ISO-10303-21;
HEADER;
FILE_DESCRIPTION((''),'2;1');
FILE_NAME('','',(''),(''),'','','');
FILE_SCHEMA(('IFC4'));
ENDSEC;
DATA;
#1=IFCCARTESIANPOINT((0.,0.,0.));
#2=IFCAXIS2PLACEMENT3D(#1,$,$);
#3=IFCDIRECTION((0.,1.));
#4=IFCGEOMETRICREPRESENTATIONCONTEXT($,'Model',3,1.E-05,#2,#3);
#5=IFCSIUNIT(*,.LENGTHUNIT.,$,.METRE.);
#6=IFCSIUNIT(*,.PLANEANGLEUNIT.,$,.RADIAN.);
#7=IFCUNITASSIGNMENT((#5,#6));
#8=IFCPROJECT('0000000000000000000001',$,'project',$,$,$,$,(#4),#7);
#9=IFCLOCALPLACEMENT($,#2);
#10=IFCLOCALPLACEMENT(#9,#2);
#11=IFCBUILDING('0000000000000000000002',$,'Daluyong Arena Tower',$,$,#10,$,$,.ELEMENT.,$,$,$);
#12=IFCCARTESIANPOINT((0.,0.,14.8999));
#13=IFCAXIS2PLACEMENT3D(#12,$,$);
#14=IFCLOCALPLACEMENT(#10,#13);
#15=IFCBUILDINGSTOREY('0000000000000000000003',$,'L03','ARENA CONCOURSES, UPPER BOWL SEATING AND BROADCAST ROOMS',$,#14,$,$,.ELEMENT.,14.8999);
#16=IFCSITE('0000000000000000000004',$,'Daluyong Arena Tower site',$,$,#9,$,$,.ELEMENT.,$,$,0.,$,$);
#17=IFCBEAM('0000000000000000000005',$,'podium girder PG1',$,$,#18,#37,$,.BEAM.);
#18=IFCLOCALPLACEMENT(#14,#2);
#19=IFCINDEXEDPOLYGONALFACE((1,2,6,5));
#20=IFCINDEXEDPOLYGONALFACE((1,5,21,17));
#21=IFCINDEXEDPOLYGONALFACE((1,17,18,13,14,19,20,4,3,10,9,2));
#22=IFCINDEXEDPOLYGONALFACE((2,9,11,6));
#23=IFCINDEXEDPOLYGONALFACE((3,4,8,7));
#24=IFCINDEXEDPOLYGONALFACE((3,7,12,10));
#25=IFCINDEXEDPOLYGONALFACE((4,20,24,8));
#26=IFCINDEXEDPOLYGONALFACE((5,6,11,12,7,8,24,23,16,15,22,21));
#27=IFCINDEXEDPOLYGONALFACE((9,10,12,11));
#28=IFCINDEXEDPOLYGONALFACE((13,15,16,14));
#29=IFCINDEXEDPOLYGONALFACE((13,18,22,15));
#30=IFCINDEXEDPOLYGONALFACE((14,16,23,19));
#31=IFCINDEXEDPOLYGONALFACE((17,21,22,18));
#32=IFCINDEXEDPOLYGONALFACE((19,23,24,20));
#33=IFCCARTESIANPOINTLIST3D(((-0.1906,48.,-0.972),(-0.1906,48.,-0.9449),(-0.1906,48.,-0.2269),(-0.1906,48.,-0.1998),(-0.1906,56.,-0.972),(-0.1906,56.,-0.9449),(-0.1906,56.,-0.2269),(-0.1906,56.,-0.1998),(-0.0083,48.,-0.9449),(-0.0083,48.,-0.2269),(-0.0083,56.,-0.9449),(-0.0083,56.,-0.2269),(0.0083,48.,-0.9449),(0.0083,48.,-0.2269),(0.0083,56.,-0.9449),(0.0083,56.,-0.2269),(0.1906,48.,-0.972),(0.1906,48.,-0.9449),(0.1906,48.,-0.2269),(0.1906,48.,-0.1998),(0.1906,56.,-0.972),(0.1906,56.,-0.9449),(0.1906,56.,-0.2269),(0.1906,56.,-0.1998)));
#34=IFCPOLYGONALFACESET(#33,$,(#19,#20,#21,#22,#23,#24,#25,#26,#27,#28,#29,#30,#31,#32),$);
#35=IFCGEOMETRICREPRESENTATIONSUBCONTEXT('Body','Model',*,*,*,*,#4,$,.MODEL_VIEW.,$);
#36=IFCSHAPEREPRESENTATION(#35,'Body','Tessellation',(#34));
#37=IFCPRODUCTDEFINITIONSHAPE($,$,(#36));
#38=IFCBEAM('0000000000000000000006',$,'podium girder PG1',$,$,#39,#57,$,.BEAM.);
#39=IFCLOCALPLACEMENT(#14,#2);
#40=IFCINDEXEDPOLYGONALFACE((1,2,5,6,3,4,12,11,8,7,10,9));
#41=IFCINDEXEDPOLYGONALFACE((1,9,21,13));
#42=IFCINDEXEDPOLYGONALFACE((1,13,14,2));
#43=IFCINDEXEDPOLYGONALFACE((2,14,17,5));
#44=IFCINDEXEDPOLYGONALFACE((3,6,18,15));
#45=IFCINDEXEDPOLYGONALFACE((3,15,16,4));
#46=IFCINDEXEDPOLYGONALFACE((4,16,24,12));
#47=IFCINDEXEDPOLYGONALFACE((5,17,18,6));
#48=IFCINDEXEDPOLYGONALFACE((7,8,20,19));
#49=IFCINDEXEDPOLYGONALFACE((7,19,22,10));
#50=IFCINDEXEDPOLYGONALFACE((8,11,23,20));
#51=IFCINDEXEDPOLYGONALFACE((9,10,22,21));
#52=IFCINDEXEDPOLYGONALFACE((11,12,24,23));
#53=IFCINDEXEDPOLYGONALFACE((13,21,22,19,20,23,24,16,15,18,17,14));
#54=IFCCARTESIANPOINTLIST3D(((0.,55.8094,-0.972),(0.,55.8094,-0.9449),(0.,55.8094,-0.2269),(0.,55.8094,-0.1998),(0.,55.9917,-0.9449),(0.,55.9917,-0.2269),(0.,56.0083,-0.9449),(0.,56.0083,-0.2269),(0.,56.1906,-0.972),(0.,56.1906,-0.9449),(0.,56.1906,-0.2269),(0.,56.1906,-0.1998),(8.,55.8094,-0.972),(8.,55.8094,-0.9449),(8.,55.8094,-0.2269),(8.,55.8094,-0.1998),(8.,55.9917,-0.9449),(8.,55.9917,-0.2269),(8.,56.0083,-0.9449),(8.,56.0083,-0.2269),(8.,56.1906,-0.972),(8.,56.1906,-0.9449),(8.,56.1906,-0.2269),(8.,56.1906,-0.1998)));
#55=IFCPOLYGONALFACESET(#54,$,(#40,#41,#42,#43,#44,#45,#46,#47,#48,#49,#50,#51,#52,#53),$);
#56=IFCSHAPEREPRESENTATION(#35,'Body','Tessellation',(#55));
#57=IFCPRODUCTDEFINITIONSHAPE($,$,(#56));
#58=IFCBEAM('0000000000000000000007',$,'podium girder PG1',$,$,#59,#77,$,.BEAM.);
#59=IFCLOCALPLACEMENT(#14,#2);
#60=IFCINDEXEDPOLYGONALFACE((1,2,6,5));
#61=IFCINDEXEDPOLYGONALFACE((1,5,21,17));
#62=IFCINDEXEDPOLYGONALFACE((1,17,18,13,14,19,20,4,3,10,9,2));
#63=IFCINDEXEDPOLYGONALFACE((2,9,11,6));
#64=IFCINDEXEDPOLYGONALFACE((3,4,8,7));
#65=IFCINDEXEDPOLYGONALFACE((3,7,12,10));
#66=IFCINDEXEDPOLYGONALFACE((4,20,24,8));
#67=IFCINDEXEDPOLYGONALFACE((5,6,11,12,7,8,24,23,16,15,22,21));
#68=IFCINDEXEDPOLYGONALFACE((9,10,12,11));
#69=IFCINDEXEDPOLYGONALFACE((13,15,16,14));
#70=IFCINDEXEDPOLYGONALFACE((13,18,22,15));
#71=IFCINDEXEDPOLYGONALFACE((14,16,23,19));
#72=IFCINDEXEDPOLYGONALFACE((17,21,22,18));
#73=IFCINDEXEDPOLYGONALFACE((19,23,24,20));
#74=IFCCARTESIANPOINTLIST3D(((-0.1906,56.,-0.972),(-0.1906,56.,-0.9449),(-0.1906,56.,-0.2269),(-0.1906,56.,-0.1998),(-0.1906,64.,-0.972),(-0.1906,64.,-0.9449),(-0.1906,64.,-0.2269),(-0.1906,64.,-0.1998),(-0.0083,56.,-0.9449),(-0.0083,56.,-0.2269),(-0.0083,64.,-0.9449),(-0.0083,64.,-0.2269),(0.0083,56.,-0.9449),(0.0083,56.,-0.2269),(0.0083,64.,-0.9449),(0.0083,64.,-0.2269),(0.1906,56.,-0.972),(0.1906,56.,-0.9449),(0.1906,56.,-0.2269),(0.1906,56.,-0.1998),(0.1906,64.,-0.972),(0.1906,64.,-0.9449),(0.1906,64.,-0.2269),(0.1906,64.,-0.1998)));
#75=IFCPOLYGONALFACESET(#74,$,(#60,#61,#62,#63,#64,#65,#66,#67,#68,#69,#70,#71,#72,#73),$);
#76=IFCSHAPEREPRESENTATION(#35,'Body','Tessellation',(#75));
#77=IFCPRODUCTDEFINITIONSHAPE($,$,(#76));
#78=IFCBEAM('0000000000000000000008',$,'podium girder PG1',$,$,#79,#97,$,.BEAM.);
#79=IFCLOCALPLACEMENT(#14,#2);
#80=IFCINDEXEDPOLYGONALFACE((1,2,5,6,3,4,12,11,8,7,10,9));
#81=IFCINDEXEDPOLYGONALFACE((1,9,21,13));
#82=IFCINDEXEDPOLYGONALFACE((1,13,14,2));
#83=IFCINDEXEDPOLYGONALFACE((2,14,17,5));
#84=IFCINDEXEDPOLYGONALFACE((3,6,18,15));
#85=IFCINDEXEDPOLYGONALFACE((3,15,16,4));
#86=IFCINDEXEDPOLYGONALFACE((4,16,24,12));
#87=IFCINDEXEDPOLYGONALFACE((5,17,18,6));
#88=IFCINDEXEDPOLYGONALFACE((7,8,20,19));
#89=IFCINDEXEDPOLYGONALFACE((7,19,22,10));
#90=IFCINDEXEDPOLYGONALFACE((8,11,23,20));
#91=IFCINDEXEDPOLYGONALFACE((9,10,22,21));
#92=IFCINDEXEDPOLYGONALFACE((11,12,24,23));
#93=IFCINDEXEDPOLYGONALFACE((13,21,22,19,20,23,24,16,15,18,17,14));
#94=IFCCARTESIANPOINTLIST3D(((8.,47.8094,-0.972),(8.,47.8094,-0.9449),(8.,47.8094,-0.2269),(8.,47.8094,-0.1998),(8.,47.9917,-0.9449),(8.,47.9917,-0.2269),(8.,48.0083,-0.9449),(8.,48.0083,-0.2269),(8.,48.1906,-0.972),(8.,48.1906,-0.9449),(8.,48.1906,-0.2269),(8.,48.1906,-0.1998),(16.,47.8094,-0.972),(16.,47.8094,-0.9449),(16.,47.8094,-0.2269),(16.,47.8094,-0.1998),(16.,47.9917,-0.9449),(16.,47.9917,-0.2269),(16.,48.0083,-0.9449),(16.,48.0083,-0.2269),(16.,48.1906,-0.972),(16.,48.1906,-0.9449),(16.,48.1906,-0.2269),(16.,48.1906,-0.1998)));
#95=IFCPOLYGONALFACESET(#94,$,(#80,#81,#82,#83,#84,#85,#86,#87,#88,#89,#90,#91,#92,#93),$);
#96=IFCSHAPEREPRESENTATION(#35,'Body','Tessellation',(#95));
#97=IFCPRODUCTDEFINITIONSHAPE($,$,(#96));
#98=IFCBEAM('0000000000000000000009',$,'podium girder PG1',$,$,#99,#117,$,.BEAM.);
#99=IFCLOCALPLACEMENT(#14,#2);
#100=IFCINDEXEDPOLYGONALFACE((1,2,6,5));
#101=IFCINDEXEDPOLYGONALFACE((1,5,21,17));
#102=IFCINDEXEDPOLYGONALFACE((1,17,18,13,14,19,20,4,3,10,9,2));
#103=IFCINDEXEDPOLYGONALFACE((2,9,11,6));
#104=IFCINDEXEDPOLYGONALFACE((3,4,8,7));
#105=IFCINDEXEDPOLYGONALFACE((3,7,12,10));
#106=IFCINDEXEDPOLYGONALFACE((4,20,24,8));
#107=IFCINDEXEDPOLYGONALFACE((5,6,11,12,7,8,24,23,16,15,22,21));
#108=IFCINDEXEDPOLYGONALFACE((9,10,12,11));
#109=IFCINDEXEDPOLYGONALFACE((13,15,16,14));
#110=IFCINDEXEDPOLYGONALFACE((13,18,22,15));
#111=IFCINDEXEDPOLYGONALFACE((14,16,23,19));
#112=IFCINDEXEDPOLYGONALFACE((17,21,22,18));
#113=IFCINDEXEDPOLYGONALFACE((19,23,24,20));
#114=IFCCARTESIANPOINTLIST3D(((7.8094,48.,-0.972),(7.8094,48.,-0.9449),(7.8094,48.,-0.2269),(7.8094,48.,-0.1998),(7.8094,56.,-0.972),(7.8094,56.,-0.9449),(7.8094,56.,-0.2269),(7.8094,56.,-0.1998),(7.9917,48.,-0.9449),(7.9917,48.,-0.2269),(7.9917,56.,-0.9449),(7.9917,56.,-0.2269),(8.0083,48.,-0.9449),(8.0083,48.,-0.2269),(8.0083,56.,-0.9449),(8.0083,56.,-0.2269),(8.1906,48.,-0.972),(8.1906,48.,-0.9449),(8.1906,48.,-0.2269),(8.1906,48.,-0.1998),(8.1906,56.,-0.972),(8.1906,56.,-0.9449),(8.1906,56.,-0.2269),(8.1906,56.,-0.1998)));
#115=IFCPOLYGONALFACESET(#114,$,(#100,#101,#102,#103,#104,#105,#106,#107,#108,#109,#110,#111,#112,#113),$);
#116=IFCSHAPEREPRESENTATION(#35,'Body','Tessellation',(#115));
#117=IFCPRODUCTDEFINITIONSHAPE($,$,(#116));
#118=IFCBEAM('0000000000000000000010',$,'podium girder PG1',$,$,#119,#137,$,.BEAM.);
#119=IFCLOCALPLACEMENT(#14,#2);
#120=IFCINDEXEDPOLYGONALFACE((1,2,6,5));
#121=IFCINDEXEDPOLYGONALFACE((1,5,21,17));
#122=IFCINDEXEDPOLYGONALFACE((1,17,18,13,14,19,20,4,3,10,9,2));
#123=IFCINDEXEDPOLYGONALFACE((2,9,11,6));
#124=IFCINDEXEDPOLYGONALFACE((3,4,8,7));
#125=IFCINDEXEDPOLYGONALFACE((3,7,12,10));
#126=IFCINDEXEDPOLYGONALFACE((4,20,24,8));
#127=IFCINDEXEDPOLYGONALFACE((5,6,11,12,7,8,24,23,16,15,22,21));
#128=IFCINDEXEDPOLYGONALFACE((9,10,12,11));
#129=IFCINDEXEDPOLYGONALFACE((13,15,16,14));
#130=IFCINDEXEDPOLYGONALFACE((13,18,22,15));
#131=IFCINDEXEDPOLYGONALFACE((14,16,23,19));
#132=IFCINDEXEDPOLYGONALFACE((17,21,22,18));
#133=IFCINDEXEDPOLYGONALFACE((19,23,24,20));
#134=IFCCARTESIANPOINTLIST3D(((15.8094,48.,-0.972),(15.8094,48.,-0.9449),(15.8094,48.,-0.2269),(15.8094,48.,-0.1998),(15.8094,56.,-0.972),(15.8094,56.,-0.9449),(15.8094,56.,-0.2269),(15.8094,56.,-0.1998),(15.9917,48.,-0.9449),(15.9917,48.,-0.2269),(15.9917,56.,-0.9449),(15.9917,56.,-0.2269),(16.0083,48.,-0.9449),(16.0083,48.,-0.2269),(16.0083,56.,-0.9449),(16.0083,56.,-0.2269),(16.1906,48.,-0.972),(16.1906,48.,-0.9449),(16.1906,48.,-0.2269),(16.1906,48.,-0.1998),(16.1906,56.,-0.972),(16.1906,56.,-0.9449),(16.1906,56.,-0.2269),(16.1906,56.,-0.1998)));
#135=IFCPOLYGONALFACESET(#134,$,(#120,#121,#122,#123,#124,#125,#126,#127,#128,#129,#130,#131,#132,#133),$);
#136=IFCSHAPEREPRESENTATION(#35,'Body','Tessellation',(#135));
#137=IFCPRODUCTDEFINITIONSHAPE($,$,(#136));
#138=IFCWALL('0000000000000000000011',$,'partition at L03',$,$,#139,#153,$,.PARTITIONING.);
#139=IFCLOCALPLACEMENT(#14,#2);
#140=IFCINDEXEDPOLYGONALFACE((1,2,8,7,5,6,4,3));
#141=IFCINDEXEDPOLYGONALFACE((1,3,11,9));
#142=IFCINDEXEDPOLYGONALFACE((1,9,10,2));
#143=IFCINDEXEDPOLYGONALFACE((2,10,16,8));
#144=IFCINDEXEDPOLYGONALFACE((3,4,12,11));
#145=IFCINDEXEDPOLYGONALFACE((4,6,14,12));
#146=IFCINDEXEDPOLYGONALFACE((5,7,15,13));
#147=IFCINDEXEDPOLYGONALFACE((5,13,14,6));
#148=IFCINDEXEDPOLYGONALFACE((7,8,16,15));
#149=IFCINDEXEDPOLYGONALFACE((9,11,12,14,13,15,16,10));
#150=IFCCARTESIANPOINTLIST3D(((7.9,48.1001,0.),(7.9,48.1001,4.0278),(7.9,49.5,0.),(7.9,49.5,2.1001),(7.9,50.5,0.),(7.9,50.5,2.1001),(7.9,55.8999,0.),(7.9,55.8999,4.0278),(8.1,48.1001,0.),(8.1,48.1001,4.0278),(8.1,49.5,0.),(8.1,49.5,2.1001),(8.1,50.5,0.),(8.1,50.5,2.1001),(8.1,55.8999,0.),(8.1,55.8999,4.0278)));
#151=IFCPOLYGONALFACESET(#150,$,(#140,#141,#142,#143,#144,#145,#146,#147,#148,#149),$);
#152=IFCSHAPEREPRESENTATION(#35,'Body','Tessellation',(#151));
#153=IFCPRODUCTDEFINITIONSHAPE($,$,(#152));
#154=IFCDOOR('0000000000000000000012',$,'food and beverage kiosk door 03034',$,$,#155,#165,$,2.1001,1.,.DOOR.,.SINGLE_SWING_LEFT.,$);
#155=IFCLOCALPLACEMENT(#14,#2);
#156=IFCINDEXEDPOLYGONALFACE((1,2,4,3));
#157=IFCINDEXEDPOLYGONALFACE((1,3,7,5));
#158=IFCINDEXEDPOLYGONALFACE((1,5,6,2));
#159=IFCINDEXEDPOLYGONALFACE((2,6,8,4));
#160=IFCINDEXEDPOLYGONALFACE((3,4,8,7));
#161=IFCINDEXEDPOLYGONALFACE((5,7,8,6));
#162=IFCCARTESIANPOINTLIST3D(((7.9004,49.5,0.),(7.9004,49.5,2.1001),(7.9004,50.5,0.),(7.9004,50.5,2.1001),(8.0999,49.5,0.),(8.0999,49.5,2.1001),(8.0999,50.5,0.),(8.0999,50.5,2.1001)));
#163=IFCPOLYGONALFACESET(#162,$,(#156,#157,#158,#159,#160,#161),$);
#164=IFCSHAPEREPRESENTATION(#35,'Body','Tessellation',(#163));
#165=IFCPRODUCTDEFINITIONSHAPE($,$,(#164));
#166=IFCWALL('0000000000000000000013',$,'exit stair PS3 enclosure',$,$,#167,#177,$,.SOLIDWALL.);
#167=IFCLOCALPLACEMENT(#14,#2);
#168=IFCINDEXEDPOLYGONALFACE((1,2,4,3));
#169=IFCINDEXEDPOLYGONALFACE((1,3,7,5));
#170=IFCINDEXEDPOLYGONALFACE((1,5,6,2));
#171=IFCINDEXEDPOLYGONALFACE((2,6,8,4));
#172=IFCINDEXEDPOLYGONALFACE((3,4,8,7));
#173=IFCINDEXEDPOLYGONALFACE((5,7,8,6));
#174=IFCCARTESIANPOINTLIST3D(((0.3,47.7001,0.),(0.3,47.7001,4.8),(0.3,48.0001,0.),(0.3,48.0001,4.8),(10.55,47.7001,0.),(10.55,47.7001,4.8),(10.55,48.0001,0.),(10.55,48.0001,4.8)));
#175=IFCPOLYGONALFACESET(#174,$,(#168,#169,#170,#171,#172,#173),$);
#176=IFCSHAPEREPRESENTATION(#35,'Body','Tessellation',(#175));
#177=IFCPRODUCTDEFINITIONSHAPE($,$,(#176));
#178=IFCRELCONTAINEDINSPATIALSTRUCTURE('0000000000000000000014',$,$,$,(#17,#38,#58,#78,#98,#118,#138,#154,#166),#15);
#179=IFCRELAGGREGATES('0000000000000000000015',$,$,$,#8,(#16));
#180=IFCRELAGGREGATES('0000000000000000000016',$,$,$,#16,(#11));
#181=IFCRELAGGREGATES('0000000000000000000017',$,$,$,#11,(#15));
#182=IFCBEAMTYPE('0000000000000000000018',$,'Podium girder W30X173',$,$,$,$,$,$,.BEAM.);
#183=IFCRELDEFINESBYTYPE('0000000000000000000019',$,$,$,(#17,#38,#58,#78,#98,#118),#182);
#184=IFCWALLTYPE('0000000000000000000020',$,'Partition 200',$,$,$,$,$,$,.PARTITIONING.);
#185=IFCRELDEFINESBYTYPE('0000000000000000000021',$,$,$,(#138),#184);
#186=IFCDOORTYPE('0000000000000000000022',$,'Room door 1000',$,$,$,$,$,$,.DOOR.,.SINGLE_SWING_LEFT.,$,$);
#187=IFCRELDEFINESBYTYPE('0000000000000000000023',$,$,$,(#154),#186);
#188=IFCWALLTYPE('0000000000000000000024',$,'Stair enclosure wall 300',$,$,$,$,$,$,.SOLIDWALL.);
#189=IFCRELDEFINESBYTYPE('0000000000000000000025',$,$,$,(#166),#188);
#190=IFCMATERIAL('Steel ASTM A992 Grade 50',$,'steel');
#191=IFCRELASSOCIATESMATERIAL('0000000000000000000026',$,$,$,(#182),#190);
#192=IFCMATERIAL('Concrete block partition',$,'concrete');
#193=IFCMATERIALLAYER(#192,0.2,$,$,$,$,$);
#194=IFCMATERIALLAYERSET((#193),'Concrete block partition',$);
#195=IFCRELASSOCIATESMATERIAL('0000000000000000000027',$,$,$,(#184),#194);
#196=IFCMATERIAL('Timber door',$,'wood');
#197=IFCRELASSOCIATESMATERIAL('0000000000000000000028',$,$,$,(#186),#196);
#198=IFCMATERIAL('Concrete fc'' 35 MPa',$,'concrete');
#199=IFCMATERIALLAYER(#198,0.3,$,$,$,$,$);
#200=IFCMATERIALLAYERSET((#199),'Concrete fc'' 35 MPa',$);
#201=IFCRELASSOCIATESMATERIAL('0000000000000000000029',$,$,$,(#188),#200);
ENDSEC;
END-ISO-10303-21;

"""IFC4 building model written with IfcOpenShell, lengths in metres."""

from ifc_helpers import new_model, si_unit, direction, frame, frame_2d, origin, origin_2d, place, context, subcontext, project, spatial, rectangle, i_section, extrude, material, layer, layer_set, material_profile, profile_set, type_object, element, fill, save


model = new_model("IFC4")

# Units and contexts
model_context = context("Model", 3, precision=1e-05, world=origin(), true_north=direction((0.0, 1.0)))
body_context = subcontext(model_context, "Body", "Model", "MODEL_VIEW")
ifc_project = project(units=[si_unit("LENGTHUNIT", "METRE"), si_unit("PLANEANGLEUNIT", "RADIAN")], contexts=[model_context])

# Site, building, storey
site_placement = place(None, origin())
site = spatial("IfcSite", under=ifc_project, at=site_placement, Name="Daluyong Arena Tower site", CompositionType="ELEMENT", RefElevation=0.0)
building_placement = place(site_placement, origin())
building = spatial("IfcBuilding", under=site, at=building_placement, Name="Daluyong Arena Tower", CompositionType="ELEMENT")
storey_placement = place(building_placement, frame((0.0, 0.0, 14.8999)))
storey = spatial("IfcBuildingStorey", under=building, at=storey_placement, Name="L03", Description="ARENA CONCOURSES, UPPER BOWL SEATING AND BROADCAST ROOMS", CompositionType="ELEMENT", Elevation=14.8999)

# Beams
ifc_material_1 = material(Name="Steel ASTM A992 Grade 50", Category="steel")
ifc_material_profile_1 = material_profile(ifc_material_1, i_section(OverallWidth=0.3811, OverallDepth=0.7722, WebThickness=0.0166, FlangeThickness=0.0271, at=origin_2d()))
ifc_profile_set_1 = profile_set([ifc_material_profile_1], Name="Steel ASTM A992 Grade 50")
beam_type_1 = type_object("IfcBeamType", Name="Podium girder W30X173", PredefinedType="BEAM", material=ifc_profile_set_1)
for number, where, z_axis, x_axis, name in (
    (1, (0.0, 48.0, -0.5859), (0.0, 1.0, 0.0), (-1.0, 0.0, 0.0), "podium girder PG1"),
    (2, (0.0, 56.0, -0.5859), (1.0, 0.0, 0.0), (0.0, 1.0, 0.0), "podium girder PG1"),
    (3, (0.0, 56.0, -0.5859), (0.0, 1.0, 0.0), (-1.0, 0.0, 0.0), "podium girder PG1"),
    (4, (8.0, 48.0, -0.5859), (1.0, 0.0, 0.0), (0.0, 1.0, 0.0), "podium girder PG1"),
    (5, (8.0, 48.0, -0.5859), (0.0, 1.0, 0.0), (-1.0, 0.0, 0.0), "podium girder PG1"),
    (6, (16.0, 48.0, -0.5859), (0.0, 1.0, 0.0), (-1.0, 0.0, 0.0), "podium girder PG1"),
):
    element("IfcBeam", number, at=place(storey_placement, frame(where, z_axis=z_axis, x_axis=x_axis)), inside=storey, type_object=beam_type_1, Name=name, PredefinedType="BEAM", context=body_context, shape_type="SweptSolid", body=[
        extrude(i_section(OverallWidth=0.3811, OverallDepth=0.7722, WebThickness=0.0166, FlangeThickness=0.0271, at=origin_2d()), origin(), (0.0, 0.0, 1.0), 8.0),
    ])

# Wall, opening, door
ifc_material_2 = material(Name="Concrete block partition", Category="concrete")
ifc_layer_1 = layer(ifc_material_2, 0.2)
ifc_layer_set_1 = layer_set([ifc_layer_1], Name="Concrete block partition")
wall_type_1 = type_object("IfcWallType", Name="Partition 200", PredefinedType="PARTITIONING", material=ifc_layer_set_1)
wall_1_placement = place(storey_placement, frame((8.0, 48.1001, 0.0), z_axis=(0.0, 0.0, 1.0), x_axis=(0.0, 1.0, 0.0)))
wall_1 = element("IfcWall", 7, at=wall_1_placement, inside=storey, type_object=wall_type_1, Name="partition at L03", PredefinedType="PARTITIONING", context=body_context, shape_type="SweptSolid", body=[
    extrude(rectangle(XDim=7.7998, YDim=0.2, at=frame_2d((3.8999, 0.0))), origin(), (0.0, 0.0, 1.0), 4.0278),
])
opening_placement = place(wall_1_placement, frame((1.3999, 0.0, 0.0)))
opening = element("IfcOpeningElement", 8, at=opening_placement, cuts=wall_1, PredefinedType="OPENING", context=body_context, shape_type="SweptSolid", body=[
    extrude(rectangle(XDim=1.0, YDim=2.1001, at=frame_2d((0.5, 1.05))), frame((0.0, 0.1099, 0.0), z_axis=(0.0, -1.0, 0.0), x_axis=(1.0, 0.0, 0.0)), (0.0, 0.0, 1.0), 0.22),
])
ifc_material_3 = material(Name="Timber door", Category="wood")
door_type = type_object("IfcDoorType", Name="Room door 1000", OperationType="SINGLE_SWING_LEFT", PredefinedType="DOOR", material=ifc_material_3)
door_placement = place(opening_placement, origin())
door = element("IfcDoor", 9, at=door_placement, inside=storey, type_object=door_type, Name="food and beverage kiosk door 03034", OperationType="SINGLE_SWING_LEFT", OverallHeight=2.1001, OverallWidth=1.0, PredefinedType="DOOR", context=body_context, shape_type="SweptSolid", body=[
    extrude(rectangle(XDim=1.0, YDim=2.1001, at=frame_2d((0.5, 1.05))), frame((0.0, 0.0996, 0.0), z_axis=(0.0, -1.0, 0.0), x_axis=(1.0, 0.0, 0.0)), (0.0, 0.0, 1.0), 0.1995),
])
fill(opening, door)

# Wall
ifc_material_4 = material(Name="Concrete fc' 35 MPa", Category="concrete")
ifc_layer_2 = layer(ifc_material_4, 0.3)
ifc_layer_set_2 = layer_set([ifc_layer_2], Name="Concrete fc' 35 MPa")
wall_type_2 = type_object("IfcWallType", Name="Stair enclosure wall 300", PredefinedType="SOLIDWALL", material=ifc_layer_set_2)
wall_2_placement = place(storey_placement, frame((0.3, 47.8501, 0.0), z_axis=(0.0, 0.0, 1.0), x_axis=(1.0, 0.0, 0.0)))
element("IfcWall", 10, at=wall_2_placement, inside=storey, type_object=wall_type_2, Name="exit stair PS3 enclosure", PredefinedType="SOLIDWALL", context=body_context, shape_type="SweptSolid", body=[
    extrude(rectangle(XDim=10.25, YDim=0.3, at=frame_2d((5.125, 0.0))), origin(), (0.0, 0.0, 1.0), 4.8),
])

save(model, "model.ifc")
